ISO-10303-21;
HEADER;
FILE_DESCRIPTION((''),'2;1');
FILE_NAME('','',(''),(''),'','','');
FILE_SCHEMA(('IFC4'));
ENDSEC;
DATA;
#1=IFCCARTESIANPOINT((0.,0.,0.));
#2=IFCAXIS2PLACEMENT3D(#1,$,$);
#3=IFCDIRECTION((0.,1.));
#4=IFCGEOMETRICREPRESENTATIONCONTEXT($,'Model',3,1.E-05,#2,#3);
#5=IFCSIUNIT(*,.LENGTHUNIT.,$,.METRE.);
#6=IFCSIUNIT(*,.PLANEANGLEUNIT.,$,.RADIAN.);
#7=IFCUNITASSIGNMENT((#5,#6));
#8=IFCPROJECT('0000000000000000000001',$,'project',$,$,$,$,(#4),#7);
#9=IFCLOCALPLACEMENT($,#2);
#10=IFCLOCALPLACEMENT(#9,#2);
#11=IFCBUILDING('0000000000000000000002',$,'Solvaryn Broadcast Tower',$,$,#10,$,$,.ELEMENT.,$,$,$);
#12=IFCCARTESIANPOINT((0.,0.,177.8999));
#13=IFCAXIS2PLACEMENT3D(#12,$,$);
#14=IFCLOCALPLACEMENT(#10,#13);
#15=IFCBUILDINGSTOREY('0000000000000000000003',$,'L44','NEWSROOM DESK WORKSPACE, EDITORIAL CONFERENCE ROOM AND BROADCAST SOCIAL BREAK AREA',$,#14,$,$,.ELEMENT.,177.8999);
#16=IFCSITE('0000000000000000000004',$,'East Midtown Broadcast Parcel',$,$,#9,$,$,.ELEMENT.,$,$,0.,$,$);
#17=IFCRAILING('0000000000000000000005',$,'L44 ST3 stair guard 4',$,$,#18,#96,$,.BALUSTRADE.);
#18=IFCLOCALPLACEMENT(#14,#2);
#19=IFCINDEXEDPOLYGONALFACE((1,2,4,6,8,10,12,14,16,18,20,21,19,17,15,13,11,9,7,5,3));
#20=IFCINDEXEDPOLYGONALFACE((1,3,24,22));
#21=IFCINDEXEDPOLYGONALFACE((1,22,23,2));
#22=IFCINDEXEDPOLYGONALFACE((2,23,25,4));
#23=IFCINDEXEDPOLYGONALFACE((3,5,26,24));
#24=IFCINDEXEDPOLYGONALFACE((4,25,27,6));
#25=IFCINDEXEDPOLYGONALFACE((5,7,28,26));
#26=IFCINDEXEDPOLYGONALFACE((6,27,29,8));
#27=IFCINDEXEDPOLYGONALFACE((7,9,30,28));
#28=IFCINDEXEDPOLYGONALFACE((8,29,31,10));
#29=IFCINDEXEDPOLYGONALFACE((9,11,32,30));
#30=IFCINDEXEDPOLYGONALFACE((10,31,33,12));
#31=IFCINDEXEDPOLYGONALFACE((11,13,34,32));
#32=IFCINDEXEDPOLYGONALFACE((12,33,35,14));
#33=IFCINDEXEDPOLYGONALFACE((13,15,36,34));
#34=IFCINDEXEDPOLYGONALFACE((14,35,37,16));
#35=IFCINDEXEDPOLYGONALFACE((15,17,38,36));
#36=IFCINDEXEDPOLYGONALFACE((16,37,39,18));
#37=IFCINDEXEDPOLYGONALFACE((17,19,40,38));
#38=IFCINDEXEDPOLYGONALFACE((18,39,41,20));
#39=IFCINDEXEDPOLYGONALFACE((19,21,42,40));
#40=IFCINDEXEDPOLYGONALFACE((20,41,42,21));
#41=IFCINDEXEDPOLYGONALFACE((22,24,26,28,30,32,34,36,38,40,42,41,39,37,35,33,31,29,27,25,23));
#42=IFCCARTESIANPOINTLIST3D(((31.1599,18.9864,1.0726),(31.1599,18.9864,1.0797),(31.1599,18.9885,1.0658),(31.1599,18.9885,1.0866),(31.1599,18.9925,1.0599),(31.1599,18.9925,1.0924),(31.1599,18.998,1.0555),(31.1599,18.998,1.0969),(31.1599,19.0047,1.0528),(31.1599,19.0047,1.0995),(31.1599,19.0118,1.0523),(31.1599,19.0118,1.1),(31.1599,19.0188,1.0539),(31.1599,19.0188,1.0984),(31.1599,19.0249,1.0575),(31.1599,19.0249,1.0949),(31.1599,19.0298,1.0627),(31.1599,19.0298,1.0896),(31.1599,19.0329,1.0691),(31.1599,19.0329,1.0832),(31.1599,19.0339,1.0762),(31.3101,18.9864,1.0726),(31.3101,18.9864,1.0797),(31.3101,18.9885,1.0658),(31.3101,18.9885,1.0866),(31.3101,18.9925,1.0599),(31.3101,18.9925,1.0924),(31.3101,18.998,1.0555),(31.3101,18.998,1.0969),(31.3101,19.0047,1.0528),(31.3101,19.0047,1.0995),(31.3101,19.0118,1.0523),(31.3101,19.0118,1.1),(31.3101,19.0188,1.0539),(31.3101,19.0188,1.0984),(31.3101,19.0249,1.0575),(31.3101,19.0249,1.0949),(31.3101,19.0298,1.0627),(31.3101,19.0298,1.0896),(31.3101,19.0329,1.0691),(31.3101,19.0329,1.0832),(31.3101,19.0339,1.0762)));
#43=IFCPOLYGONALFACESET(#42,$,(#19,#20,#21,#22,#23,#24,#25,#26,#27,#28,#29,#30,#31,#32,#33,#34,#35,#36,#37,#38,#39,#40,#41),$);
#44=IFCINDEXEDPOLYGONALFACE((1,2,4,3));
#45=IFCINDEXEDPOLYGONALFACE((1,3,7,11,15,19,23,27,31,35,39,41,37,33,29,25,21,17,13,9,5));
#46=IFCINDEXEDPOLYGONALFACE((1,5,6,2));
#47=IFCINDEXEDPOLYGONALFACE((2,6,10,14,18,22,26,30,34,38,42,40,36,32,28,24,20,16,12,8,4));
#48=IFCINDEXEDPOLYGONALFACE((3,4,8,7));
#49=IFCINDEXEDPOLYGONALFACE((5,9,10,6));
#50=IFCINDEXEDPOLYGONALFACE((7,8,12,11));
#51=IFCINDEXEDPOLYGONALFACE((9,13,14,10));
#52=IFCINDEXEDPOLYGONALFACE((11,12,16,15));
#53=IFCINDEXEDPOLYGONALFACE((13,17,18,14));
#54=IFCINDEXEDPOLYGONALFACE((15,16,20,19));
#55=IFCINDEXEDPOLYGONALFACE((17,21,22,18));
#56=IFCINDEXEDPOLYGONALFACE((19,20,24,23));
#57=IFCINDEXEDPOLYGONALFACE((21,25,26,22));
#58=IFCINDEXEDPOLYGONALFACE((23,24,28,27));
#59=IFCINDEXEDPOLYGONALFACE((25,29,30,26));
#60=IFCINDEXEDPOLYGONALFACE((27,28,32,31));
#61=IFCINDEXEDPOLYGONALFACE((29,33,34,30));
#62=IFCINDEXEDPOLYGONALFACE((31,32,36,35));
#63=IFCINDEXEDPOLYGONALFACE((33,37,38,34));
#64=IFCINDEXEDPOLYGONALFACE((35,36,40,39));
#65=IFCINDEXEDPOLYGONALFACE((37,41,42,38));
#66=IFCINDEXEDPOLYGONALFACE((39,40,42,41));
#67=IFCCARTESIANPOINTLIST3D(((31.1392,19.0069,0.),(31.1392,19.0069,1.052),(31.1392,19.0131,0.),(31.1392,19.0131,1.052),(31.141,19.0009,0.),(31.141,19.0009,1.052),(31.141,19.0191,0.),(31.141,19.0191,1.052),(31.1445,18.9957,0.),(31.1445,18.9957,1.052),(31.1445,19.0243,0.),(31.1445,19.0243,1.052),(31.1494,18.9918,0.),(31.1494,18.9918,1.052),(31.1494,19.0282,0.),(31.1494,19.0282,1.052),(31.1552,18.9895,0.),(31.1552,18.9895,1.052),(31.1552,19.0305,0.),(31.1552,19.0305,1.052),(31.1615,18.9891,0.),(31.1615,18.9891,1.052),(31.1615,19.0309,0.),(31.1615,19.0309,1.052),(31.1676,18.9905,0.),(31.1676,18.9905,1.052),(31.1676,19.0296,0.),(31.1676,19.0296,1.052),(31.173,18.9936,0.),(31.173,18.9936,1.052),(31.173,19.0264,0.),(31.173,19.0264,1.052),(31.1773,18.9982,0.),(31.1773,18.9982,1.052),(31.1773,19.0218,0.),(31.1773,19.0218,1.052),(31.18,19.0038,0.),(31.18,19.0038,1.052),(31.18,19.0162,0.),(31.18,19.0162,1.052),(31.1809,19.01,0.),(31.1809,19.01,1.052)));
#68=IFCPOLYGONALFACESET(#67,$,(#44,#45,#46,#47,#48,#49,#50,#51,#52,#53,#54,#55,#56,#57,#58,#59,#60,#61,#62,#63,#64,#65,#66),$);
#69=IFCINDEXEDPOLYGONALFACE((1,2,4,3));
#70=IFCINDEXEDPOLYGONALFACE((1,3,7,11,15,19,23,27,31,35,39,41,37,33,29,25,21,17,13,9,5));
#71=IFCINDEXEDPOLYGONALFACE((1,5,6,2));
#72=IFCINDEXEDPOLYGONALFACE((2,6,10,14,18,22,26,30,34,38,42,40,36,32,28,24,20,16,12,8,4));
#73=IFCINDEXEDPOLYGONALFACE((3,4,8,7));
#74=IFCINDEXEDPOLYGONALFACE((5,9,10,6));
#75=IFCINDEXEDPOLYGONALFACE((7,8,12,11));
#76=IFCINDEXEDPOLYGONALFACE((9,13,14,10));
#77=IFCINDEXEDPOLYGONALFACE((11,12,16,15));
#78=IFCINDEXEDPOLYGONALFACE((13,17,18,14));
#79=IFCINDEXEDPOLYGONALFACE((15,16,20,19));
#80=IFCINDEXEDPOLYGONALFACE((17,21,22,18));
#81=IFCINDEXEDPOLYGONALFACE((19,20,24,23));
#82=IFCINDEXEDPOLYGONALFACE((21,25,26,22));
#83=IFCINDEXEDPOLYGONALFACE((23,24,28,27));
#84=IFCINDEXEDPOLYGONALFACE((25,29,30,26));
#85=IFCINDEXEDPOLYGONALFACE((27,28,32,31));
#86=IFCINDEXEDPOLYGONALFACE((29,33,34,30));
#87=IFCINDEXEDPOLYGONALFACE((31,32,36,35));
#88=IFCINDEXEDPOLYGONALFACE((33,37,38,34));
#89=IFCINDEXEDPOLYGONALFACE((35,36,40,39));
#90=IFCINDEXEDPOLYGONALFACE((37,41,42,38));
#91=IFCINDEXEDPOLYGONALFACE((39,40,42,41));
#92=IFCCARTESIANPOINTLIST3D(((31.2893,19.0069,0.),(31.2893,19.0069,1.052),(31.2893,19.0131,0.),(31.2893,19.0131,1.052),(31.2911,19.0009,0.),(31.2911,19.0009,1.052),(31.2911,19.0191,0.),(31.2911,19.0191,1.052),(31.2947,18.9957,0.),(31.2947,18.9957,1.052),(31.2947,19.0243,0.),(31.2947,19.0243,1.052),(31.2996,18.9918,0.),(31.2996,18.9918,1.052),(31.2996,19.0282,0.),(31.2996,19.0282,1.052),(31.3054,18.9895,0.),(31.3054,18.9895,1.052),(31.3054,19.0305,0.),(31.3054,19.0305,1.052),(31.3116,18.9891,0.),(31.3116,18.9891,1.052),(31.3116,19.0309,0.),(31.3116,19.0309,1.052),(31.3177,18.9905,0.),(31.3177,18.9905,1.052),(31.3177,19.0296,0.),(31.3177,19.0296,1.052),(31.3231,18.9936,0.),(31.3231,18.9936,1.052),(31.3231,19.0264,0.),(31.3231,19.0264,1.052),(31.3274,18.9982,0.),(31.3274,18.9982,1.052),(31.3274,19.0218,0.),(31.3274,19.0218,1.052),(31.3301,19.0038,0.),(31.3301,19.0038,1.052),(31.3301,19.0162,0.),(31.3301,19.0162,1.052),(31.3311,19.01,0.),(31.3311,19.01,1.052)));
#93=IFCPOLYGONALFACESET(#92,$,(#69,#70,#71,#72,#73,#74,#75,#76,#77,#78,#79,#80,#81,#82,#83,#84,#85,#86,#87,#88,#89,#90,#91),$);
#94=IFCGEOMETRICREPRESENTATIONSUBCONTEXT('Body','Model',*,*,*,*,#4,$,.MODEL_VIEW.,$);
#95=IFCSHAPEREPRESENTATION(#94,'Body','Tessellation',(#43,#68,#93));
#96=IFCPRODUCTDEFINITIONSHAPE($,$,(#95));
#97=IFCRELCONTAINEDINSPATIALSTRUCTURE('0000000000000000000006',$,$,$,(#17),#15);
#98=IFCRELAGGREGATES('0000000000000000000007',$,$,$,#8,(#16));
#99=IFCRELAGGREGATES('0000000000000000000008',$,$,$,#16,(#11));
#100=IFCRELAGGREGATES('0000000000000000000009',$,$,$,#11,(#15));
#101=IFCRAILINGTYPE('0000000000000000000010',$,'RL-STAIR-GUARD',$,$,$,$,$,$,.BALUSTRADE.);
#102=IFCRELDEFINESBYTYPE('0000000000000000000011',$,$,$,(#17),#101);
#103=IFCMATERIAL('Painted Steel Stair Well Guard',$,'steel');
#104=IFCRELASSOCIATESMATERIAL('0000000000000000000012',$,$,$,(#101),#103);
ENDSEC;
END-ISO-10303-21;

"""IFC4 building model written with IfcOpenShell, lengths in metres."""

from ifc_helpers import new_model, si_unit, direction, frame, origin, origin_2d, place, context, subcontext, project, spatial, circle, extrude, material, type_object, element, save


model = new_model("IFC4")

# Units and contexts
model_context = context("Model", 3, precision=1e-05, world=origin(), true_north=direction((0.0, 1.0)))
body_context = subcontext(model_context, "Body", "Model", "MODEL_VIEW")
ifc_project = project(units=[si_unit("LENGTHUNIT", "METRE"), si_unit("PLANEANGLEUNIT", "RADIAN")], contexts=[model_context])

# Site, building, storey
site_placement = place(None, origin())
site = spatial("IfcSite", under=ifc_project, at=site_placement, Name="East Midtown Broadcast Parcel", CompositionType="ELEMENT", RefElevation=0.0)
building_placement = place(site_placement, origin())
building = spatial("IfcBuilding", under=site, at=building_placement, Name="Solvaryn Broadcast Tower", CompositionType="ELEMENT")
storey_placement = place(building_placement, frame((0.0, 0.0, 177.8999)))
storey = spatial("IfcBuildingStorey", under=building, at=storey_placement, Name="L44", Description="NEWSROOM DESK WORKSPACE, EDITORIAL CONFERENCE ROOM AND BROADCAST SOCIAL BREAK AREA", CompositionType="ELEMENT", Elevation=177.8999)

# Railing
ifc_material_1 = material(Name="Painted Steel Stair Well Guard", Category="steel")
railing_type = type_object("IfcRailingType", Name="RL-STAIR-GUARD", PredefinedType="BALUSTRADE", material=ifc_material_1)
railing_1_placement = place(storey_placement, frame((31.1599, 19.01, 0.0)))
element("IfcRailing", 1, at=railing_1_placement, inside=storey, type_object=railing_type, Name="L44 ST3 stair guard 4", PredefinedType="BALUSTRADE", context=body_context, shape_type="SweptSolid", body=[
    extrude(circle(Radius=0.0239, at=origin_2d()), frame((0.0, 0.0, 1.0762), z_axis=(1.0, 0.0, 0.0), x_axis=(0.0, 1.0, 0.0)), (0.0, 0.0, 1.0), 0.1501),
    extrude(circle(Radius=0.021, at=origin_2d()), origin(), (0.0, 0.0, 1.0), 1.052),
    extrude(circle(Radius=0.021, at=origin_2d()), frame((0.1501, 0.0, 0.0)), (0.0, 0.0, 1.0), 1.052),
])

save(model, "model.ifc")
